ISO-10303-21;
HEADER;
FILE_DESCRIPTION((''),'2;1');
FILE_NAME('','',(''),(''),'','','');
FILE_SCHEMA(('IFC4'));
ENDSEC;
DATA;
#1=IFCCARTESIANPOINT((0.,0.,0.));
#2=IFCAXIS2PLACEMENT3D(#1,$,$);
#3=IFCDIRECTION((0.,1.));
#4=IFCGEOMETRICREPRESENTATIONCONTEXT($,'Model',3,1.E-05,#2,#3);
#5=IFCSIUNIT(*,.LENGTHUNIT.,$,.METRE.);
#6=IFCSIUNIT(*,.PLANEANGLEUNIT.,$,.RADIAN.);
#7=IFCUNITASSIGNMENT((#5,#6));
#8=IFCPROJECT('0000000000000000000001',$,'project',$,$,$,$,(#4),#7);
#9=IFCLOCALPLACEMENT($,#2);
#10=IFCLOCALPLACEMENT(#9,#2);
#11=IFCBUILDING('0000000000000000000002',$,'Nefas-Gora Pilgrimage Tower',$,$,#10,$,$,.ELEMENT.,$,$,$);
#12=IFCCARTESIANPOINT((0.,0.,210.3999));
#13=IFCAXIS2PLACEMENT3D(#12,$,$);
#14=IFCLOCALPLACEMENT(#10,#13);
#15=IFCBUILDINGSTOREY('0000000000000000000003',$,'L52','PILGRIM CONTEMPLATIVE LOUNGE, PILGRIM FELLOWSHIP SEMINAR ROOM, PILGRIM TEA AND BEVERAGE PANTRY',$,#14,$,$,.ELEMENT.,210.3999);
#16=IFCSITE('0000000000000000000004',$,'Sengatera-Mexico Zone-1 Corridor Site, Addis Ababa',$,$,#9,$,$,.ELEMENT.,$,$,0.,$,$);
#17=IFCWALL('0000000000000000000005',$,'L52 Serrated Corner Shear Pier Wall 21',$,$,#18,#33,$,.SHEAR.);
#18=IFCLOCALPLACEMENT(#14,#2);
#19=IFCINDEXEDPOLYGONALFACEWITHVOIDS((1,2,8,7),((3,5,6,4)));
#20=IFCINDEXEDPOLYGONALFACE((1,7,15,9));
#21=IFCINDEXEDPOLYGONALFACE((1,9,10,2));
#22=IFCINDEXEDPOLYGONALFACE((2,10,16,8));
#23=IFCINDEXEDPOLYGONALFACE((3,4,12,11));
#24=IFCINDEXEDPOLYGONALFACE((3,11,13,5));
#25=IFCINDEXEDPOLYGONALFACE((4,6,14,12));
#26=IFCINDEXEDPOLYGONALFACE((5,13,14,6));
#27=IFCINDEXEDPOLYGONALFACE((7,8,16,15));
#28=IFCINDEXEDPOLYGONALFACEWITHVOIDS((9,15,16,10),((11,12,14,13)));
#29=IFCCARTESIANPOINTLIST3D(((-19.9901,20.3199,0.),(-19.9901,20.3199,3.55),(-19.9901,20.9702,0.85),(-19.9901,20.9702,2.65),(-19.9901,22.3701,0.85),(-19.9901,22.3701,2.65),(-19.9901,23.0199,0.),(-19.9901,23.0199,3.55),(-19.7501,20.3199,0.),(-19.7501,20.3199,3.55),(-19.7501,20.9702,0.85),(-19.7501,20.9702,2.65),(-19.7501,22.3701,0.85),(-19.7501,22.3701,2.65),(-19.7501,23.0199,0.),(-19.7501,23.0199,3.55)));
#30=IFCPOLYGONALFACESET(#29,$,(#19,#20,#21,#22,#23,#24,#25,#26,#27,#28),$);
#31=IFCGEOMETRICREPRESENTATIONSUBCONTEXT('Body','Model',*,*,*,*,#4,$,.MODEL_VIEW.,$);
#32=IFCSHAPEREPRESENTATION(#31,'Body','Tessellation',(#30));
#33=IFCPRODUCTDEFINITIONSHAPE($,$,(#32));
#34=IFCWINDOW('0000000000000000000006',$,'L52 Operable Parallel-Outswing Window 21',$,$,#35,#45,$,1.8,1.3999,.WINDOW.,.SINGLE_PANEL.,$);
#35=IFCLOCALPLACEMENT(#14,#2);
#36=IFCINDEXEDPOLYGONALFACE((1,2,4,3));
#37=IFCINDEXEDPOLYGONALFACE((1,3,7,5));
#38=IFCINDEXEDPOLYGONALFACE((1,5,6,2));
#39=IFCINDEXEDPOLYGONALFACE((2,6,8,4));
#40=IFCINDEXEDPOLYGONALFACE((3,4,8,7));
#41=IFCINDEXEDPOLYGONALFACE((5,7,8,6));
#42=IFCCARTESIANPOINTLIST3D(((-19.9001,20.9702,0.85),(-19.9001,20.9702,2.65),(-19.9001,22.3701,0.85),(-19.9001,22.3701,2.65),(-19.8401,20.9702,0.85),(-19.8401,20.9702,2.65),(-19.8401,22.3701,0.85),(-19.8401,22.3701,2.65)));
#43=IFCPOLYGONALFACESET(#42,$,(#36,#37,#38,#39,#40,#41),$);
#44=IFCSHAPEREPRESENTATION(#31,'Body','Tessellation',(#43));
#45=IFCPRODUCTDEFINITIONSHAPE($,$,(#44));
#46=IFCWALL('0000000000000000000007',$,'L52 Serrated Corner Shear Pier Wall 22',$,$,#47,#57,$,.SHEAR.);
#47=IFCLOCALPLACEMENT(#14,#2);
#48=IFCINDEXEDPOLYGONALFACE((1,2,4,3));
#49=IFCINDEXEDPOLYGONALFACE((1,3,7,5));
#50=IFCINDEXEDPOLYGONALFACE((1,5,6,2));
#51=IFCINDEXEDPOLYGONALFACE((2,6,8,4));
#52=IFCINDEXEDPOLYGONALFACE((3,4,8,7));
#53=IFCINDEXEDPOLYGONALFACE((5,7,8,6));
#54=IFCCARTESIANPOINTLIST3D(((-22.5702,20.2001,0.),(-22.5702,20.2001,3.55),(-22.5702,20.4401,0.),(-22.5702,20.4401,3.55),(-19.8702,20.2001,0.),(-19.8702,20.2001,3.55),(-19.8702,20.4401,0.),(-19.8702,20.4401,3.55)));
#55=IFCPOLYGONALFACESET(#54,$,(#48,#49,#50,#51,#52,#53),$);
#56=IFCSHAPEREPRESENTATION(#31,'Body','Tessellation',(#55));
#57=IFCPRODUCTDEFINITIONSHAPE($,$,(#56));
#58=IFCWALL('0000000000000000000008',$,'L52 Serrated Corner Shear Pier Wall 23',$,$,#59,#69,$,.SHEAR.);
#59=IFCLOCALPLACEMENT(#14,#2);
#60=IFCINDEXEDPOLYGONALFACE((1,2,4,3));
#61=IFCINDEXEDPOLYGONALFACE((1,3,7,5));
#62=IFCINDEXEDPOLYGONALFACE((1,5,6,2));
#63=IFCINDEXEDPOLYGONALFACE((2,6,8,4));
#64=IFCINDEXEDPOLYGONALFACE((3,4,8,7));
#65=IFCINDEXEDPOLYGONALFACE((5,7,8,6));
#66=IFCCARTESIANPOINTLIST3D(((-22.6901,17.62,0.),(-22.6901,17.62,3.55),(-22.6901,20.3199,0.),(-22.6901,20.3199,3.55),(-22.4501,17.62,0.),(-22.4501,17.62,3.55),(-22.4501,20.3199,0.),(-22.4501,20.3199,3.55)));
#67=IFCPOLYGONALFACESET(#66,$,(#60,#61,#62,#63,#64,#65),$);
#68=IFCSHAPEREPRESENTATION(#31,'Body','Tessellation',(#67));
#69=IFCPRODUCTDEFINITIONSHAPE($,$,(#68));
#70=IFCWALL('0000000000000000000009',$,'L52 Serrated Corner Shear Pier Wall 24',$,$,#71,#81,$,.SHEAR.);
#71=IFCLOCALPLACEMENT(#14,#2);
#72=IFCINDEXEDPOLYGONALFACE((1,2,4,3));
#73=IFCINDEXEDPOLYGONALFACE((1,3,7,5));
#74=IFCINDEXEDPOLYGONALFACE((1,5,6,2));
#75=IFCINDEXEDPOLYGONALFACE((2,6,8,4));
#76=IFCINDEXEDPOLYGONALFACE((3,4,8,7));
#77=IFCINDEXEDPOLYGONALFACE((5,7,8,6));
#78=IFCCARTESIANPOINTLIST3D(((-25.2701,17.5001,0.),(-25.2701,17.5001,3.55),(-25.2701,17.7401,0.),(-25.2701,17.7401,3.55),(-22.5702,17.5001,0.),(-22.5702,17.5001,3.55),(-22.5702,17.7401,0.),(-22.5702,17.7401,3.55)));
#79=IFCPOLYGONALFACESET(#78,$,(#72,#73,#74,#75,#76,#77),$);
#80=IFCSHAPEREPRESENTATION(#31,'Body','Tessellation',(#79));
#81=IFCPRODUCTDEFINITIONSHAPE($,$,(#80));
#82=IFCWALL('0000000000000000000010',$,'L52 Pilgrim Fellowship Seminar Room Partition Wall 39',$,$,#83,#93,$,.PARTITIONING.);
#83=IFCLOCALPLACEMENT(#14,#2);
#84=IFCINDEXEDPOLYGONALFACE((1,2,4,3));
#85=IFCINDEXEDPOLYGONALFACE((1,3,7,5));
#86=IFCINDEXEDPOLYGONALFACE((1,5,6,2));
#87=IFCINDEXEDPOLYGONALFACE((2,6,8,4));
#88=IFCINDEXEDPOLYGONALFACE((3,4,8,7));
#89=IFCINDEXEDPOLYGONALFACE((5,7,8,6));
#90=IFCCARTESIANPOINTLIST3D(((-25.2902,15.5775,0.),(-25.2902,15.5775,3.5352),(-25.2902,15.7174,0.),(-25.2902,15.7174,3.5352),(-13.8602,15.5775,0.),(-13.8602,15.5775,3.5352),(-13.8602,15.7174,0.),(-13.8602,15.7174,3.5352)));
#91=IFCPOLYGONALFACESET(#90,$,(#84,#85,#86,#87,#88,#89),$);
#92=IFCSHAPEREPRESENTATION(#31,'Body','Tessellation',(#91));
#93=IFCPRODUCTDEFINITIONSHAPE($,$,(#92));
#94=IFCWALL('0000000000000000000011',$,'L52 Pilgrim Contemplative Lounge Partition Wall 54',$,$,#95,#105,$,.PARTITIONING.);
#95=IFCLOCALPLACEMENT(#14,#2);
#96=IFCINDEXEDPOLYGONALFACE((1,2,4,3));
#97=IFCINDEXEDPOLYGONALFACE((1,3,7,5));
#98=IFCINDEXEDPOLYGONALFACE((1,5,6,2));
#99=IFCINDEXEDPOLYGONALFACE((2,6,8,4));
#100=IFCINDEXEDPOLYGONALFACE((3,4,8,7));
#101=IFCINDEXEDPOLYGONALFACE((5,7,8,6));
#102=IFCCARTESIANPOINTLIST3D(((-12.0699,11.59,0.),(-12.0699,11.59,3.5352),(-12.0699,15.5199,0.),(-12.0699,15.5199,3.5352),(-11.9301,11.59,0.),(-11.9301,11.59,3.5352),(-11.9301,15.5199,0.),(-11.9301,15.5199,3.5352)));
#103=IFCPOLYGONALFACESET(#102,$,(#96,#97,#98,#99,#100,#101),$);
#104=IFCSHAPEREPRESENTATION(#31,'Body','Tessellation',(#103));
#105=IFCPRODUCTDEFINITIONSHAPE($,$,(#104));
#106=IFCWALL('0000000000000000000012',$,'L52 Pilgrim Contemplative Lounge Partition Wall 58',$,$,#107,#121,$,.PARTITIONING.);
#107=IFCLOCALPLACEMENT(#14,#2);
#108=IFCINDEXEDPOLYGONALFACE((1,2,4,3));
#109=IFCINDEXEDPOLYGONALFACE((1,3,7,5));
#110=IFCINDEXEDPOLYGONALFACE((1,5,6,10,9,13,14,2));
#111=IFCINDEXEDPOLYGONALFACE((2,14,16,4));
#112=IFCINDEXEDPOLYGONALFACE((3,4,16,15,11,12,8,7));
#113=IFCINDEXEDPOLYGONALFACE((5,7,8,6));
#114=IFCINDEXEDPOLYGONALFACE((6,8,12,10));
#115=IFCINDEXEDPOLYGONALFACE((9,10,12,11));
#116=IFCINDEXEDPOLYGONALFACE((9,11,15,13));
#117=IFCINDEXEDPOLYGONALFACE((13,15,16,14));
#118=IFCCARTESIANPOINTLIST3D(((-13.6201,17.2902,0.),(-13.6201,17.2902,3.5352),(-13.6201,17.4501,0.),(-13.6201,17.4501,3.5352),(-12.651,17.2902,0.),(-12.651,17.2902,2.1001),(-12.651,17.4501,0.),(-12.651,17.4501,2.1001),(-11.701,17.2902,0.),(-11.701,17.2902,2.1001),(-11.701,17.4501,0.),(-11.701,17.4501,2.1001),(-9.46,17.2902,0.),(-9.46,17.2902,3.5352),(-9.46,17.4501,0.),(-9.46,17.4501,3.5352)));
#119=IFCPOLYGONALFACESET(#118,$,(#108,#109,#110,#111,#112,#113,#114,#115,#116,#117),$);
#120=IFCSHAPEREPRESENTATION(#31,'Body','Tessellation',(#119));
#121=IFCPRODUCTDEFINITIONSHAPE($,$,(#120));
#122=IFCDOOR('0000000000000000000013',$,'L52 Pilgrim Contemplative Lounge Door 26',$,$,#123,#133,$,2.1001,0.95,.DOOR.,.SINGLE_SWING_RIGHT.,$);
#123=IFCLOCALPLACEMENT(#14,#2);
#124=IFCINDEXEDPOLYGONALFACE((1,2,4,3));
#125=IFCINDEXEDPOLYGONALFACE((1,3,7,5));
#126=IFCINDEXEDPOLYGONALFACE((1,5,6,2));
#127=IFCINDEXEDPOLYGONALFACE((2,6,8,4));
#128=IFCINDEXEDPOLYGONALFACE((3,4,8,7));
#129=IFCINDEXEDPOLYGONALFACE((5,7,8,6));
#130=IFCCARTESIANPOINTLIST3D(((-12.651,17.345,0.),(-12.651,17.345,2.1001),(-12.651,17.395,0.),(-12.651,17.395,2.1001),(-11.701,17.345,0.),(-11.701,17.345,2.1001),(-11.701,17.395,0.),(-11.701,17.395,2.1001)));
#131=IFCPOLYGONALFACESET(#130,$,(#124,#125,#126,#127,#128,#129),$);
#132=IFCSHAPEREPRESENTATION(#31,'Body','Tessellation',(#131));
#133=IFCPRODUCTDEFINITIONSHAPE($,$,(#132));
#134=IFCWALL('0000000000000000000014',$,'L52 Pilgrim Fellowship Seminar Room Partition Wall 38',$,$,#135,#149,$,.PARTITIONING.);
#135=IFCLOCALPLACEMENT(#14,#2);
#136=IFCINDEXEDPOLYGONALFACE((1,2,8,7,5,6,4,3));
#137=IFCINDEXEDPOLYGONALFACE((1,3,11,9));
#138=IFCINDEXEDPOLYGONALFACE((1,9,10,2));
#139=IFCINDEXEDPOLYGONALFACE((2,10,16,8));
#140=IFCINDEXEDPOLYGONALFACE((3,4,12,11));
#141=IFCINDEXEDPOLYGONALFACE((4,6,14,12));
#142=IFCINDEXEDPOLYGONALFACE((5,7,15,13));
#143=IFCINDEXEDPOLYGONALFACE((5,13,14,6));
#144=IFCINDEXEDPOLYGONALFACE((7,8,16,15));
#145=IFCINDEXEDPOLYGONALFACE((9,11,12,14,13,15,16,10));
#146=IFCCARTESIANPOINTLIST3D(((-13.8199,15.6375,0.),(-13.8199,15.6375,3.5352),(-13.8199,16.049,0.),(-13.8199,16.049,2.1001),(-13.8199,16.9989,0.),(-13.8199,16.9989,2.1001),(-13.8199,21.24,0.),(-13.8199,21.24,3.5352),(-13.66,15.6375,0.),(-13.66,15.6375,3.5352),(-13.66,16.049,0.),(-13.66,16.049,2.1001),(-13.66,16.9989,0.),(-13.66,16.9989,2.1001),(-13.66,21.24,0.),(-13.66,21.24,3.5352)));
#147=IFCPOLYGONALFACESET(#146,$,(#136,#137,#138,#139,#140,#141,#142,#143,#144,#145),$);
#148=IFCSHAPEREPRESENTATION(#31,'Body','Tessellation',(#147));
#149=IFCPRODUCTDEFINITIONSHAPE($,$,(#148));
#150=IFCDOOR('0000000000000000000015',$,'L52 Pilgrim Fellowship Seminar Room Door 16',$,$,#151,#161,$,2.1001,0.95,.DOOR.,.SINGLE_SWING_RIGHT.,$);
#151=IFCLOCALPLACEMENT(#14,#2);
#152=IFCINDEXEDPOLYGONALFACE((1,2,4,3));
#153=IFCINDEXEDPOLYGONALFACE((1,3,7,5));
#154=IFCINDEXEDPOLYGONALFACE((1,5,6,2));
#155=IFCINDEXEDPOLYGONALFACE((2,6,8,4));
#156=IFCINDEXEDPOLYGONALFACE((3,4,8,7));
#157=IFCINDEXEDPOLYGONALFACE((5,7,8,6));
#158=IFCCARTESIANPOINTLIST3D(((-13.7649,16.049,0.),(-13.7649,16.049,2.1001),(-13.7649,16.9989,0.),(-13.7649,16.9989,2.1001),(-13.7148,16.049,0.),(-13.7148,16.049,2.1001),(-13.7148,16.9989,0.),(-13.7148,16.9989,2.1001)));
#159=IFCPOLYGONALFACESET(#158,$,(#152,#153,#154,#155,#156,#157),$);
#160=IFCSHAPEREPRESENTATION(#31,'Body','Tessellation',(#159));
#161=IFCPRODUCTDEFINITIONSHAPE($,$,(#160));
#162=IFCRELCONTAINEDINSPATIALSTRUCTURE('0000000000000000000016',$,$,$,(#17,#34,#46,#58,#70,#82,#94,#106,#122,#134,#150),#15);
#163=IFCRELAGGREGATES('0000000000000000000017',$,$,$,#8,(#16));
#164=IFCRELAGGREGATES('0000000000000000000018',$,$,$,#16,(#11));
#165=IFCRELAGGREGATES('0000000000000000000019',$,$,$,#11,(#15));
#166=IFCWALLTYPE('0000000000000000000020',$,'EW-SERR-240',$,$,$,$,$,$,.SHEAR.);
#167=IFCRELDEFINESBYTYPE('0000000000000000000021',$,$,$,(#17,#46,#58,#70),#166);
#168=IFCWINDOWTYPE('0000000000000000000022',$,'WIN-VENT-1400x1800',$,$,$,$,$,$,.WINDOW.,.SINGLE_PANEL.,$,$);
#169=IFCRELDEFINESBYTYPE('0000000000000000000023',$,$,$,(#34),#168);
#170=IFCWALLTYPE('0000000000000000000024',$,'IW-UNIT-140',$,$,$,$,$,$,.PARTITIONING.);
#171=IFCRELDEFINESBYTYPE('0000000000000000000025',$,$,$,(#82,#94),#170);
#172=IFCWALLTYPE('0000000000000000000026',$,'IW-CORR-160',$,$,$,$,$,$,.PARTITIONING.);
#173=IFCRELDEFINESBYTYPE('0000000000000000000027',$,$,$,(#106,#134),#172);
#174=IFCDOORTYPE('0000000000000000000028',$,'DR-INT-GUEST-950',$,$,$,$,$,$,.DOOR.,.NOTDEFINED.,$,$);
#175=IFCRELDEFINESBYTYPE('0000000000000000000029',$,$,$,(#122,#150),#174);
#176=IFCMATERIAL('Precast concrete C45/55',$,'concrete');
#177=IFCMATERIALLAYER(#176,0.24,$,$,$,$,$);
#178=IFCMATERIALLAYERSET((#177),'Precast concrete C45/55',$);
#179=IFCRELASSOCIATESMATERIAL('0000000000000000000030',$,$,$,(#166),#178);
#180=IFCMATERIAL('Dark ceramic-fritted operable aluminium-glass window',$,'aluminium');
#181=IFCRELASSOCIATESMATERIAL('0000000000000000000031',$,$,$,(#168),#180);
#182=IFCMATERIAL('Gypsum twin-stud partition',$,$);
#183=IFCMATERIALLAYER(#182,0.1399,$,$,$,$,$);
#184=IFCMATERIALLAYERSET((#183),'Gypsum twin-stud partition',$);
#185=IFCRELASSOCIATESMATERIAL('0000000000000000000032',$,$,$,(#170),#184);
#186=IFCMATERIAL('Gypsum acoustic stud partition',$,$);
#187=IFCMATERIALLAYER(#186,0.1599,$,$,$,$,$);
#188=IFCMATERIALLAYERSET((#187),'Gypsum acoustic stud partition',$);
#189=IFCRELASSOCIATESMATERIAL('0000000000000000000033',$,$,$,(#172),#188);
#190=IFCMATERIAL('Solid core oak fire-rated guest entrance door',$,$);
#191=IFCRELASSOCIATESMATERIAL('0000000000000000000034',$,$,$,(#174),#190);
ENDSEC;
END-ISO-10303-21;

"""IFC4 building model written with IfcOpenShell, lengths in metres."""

from ifc_helpers import new_model, si_unit, direction, frame, frame_2d, origin, place, context, subcontext, project, spatial, rectangle, extrude, source, transform, mapped, material, layer, layer_set, type_object, element, fill, save


model = new_model("IFC4")

# Units and contexts
model_context = context("Model", 3, precision=1e-05, world=origin(), true_north=direction((0.0, 1.0)))
body_context = subcontext(model_context, "Body", "Model", "MODEL_VIEW")
ifc_project = project(units=[si_unit("LENGTHUNIT", "METRE"), si_unit("PLANEANGLEUNIT", "RADIAN")], contexts=[model_context])

# Site, building, storey
site_placement = place(None, origin())
site = spatial("IfcSite", under=ifc_project, at=site_placement, Name="Sengatera-Mexico Zone-1 Corridor Site, Addis Ababa", CompositionType="ELEMENT", RefElevation=0.0)
building_placement = place(site_placement, origin())
building = spatial("IfcBuilding", under=site, at=building_placement, Name="Nefas-Gora Pilgrimage Tower", CompositionType="ELEMENT")
storey_placement = place(building_placement, frame((0.0, 0.0, 210.3999)))
storey = spatial("IfcBuildingStorey", under=building, at=storey_placement, Name="L52", Description="PILGRIM CONTEMPLATIVE LOUNGE, PILGRIM FELLOWSHIP SEMINAR ROOM, PILGRIM TEA AND BEVERAGE PANTRY", CompositionType="ELEMENT", Elevation=210.3999)

# Wall, opening, window
ifc_material_1 = material(Name="Precast concrete C45/55", Category="concrete")
ifc_layer_1 = layer(ifc_material_1, 0.24)
ifc_layer_set_1 = layer_set([ifc_layer_1], Name="Precast concrete C45/55")
wall_type_1 = type_object("IfcWallType", Name="EW-SERR-240", PredefinedType="SHEAR", material=ifc_layer_set_1)
shared_shape_1 = source(origin(), body_context, "Body", "SweptSolid", [
    extrude(rectangle(XDim=2.7, YDim=0.24, at=frame_2d((1.3501, 0.0))), origin(), (0.0, 0.0, 1.0), 3.55),
])
wall_1_placement = place(storey_placement, frame((-19.8701, 23.02, 0.0), z_axis=(0.0, 0.0, 1.0), x_axis=(0.0, -1.0, 0.0)))
wall_1 = element("IfcWall", 1, at=wall_1_placement, inside=storey, type_object=wall_type_1, Name="L52 Serrated Corner Shear Pier Wall 21", PredefinedType="SHEAR", context=body_context, shape_type="MappedRepresentation", body=[
    mapped(shared_shape_1, transform((0.0, 0.0, 0.0), x_axis=(1.0, 0.0, 0.0), y_axis=(0.0, 1.0, 0.0), z_axis=(0.0, 0.0, 1.0), scale=1.0)),
])
opening_1_placement = place(wall_1_placement, frame((0.6499, 0.0, 0.8501)))
opening_1 = element("IfcOpeningElement", 2, at=opening_1_placement, cuts=wall_1, PredefinedType="OPENING", context=body_context, shape_type="SweptSolid", body=[
    extrude(rectangle(XDim=1.3999, YDim=1.8, at=frame_2d((0.7, 0.8999))), frame((0.0, 0.1299, 0.0), z_axis=(0.0, -1.0, 0.0), x_axis=(1.0, 0.0, 0.0)), (0.0, 0.0, 1.0), 0.26),
])
ifc_material_2 = material(Name="Dark ceramic-fritted operable aluminium-glass window", Category="aluminium")
window_type = type_object("IfcWindowType", Name="WIN-VENT-1400x1800", PartitioningType="SINGLE_PANEL", PredefinedType="WINDOW", material=ifc_material_2)
shared_shape_2 = source(origin(), body_context, "Body", "SweptSolid", [
    extrude(rectangle(XDim=1.3999, YDim=1.8, at=frame_2d((0.7, 0.8999))), frame((0.0, 0.03, 0.0), z_axis=(0.0, -1.0, 0.0), x_axis=(1.0, 0.0, 0.0)), (0.0, 0.0, 1.0), 0.0601),
])
window_placement = place(opening_1_placement, origin())
window = element("IfcWindow", 3, at=window_placement, inside=storey, type_object=window_type, Name="L52 Operable Parallel-Outswing Window 21", OverallHeight=1.8, OverallWidth=1.3999, PartitioningType="SINGLE_PANEL", PredefinedType="WINDOW", context=body_context, shape_type="MappedRepresentation", body=[
    mapped(shared_shape_2, transform((0.0, 0.0, 0.0), x_axis=(1.0, 0.0, 0.0), y_axis=(0.0, 1.0, 0.0), z_axis=(0.0, 0.0, 1.0), scale=1.0)),
])
fill(opening_1, window)

# Walls
for number, where, z_axis, x_axis, name in (
    (4, (-19.8701, 20.3201, 0.0), (0.0, 0.0, 1.0), (-1.0, 0.0, 0.0), "L52 Serrated Corner Shear Pier Wall 22"),
    (5, (-22.5701, 20.3201, 0.0), (0.0, 0.0, 1.0), (0.0, -1.0, 0.0), "L52 Serrated Corner Shear Pier Wall 23"),
    (6, (-22.5701, 17.6201, 0.0), (0.0, 0.0, 1.0), (-1.0, 0.0, 0.0), "L52 Serrated Corner Shear Pier Wall 24"),
):
    element("IfcWall", number, at=place(storey_placement, frame(where, z_axis=z_axis, x_axis=x_axis)), inside=storey, type_object=wall_type_1, Name=name, PredefinedType="SHEAR", context=body_context, shape_type="MappedRepresentation", body=[
        mapped(shared_shape_1, transform((0.0, 0.0, 0.0), x_axis=(1.0, 0.0, 0.0), y_axis=(0.0, 1.0, 0.0), z_axis=(0.0, 0.0, 1.0), scale=1.0)),
    ])
ifc_material_3 = material(Name="Gypsum twin-stud partition")
ifc_layer_2 = layer(ifc_material_3, 0.1399)
ifc_layer_set_2 = layer_set([ifc_layer_2], Name="Gypsum twin-stud partition")
wall_type_2 = type_object("IfcWallType", Name="IW-UNIT-140", PredefinedType="PARTITIONING", material=ifc_layer_set_2)
shared_shape_3 = source(origin(), body_context, "Body", "SweptSolid", [
    extrude(rectangle(XDim=11.4299, YDim=0.1399, at=frame_2d((5.7148, 0.0))), origin(), (0.0, 0.0, 1.0), 3.5352),
])
wall_2_placement = place(storey_placement, frame((-25.29, 15.6475, 0.0), z_axis=(0.0, 0.0, 1.0), x_axis=(1.0, 0.0, 0.0)))
element("IfcWall", 7, at=wall_2_placement, inside=storey, type_object=wall_type_2, Name="L52 Pilgrim Fellowship Seminar Room Partition Wall 39", PredefinedType="PARTITIONING", context=body_context, shape_type="MappedRepresentation", body=[
    mapped(shared_shape_3, transform((0.0, 0.0, 0.0), x_axis=(1.0, 0.0, 0.0), y_axis=(0.0, 1.0, 0.0), z_axis=(0.0, 0.0, 1.0), scale=1.0)),
])
shared_shape_4 = source(origin(), body_context, "Body", "SweptSolid", [
    extrude(rectangle(XDim=3.9299, YDim=0.1399, at=frame_2d((1.9648, 0.0))), origin(), (0.0, 0.0, 1.0), 3.5352),
])
wall_3_placement = place(storey_placement, frame((-12.0, 11.5901, 0.0), z_axis=(0.0, 0.0, 1.0), x_axis=(0.0, 1.0, 0.0)))
element("IfcWall", 8, at=wall_3_placement, inside=storey, type_object=wall_type_2, Name="L52 Pilgrim Contemplative Lounge Partition Wall 54", PredefinedType="PARTITIONING", context=body_context, shape_type="MappedRepresentation", body=[
    mapped(shared_shape_4, transform((0.0, 0.0, 0.0), x_axis=(1.0, 0.0, 0.0), y_axis=(0.0, 1.0, 0.0), z_axis=(0.0, 0.0, 1.0), scale=1.0)),
])

# Walls, openings, doors
ifc_material_4 = material(Name="Gypsum acoustic stud partition")
ifc_layer_3 = layer(ifc_material_4, 0.1599)
ifc_layer_set_3 = layer_set([ifc_layer_3], Name="Gypsum acoustic stud partition")
wall_type_3 = type_object("IfcWallType", Name="IW-CORR-160", PredefinedType="PARTITIONING", material=ifc_layer_set_3)
shared_shape_5 = source(origin(), body_context, "Body", "SweptSolid", [
    extrude(rectangle(XDim=4.1602, YDim=0.1599, at=frame_2d((2.0801, 0.0))), origin(), (0.0, 0.0, 1.0), 3.5352),
])
wall_4_placement = place(storey_placement, frame((-13.6201, 17.3701, 0.0), z_axis=(0.0, 0.0, 1.0), x_axis=(1.0, 0.0, 0.0)))
wall_4 = element("IfcWall", 9, at=wall_4_placement, inside=storey, type_object=wall_type_3, Name="L52 Pilgrim Contemplative Lounge Partition Wall 58", PredefinedType="PARTITIONING", context=body_context, shape_type="MappedRepresentation", body=[
    mapped(shared_shape_5, transform((0.0, 0.0, 0.0), x_axis=(1.0, 0.0, 0.0), y_axis=(0.0, 1.0, 0.0), z_axis=(0.0, 0.0, 1.0), scale=1.0)),
])
opening_2_placement = place(wall_4_placement, frame((0.969, 0.0, 0.0)))
opening_2 = element("IfcOpeningElement", 10, at=opening_2_placement, cuts=wall_4, PredefinedType="OPENING", context=body_context, shape_type="SweptSolid", body=[
    extrude(rectangle(XDim=0.95, YDim=2.1001, at=frame_2d((0.4751, 1.05))), frame((0.0, 0.0898, 0.0), z_axis=(0.0, -1.0, 0.0), x_axis=(1.0, 0.0, 0.0)), (0.0, 0.0, 1.0), 0.1799),
])
ifc_material_5 = material(Name="Solid core oak fire-rated guest entrance door")
door_type = type_object("IfcDoorType", Name="DR-INT-GUEST-950", OperationType="NOTDEFINED", PredefinedType="DOOR", material=ifc_material_5)
shared_shape_6 = source(origin(), body_context, "Body", "SweptSolid", [
    extrude(rectangle(XDim=0.95, YDim=2.1001, at=frame_2d((0.4751, 1.05))), frame((0.0, 0.0249, 0.0), z_axis=(0.0, -1.0, 0.0), x_axis=(1.0, 0.0, 0.0)), (0.0, 0.0, 1.0), 0.05),
])
door_1_placement = place(opening_2_placement, origin())
door_1 = element("IfcDoor", 11, at=door_1_placement, inside=storey, type_object=door_type, Name="L52 Pilgrim Contemplative Lounge Door 26", OperationType="SINGLE_SWING_RIGHT", OverallHeight=2.1001, OverallWidth=0.95, PredefinedType="DOOR", context=body_context, shape_type="MappedRepresentation", body=[
    mapped(shared_shape_6, transform((0.0, 0.0, 0.0), x_axis=(1.0, 0.0, 0.0), y_axis=(0.0, 1.0, 0.0), z_axis=(0.0, 0.0, 1.0), scale=1.0)),
])
fill(opening_2, door_1)
shared_shape_7 = source(origin(), body_context, "Body", "SweptSolid", [
    extrude(rectangle(XDim=5.6025, YDim=0.1599, at=frame_2d((2.8013, 0.0))), origin(), (0.0, 0.0, 1.0), 3.5352),
])
wall_5_placement = place(storey_placement, frame((-13.74, 15.6375, 0.0), z_axis=(0.0, 0.0, 1.0), x_axis=(0.0, 1.0, 0.0)))
wall_5 = element("IfcWall", 12, at=wall_5_placement, inside=storey, type_object=wall_type_3, Name="L52 Pilgrim Fellowship Seminar Room Partition Wall 38", PredefinedType="PARTITIONING", context=body_context, shape_type="MappedRepresentation", body=[
    mapped(shared_shape_7, transform((0.0, 0.0, 0.0), x_axis=(1.0, 0.0, 0.0), y_axis=(0.0, 1.0, 0.0), z_axis=(0.0, 0.0, 1.0), scale=1.0)),
])
opening_3_placement = place(wall_5_placement, frame((0.4114, 0.0, 0.0)))
opening_3 = element("IfcOpeningElement", 13, at=opening_3_placement, cuts=wall_5, PredefinedType="OPENING", context=body_context, shape_type="SweptSolid", body=[
    extrude(rectangle(XDim=0.95, YDim=2.1001, at=frame_2d((0.4751, 1.05))), frame((0.0, 0.0898, 0.0), z_axis=(0.0, -1.0, 0.0), x_axis=(1.0, 0.0, 0.0)), (0.0, 0.0, 1.0), 0.1799),
])
door_2_placement = place(opening_3_placement, origin())
door_2 = element("IfcDoor", 14, at=door_2_placement, inside=storey, type_object=door_type, Name="L52 Pilgrim Fellowship Seminar Room Door 16", OperationType="SINGLE_SWING_RIGHT", OverallHeight=2.1001, OverallWidth=0.95, PredefinedType="DOOR", context=body_context, shape_type="MappedRepresentation", body=[
    mapped(shared_shape_6, transform((0.0, 0.0, 0.0), x_axis=(1.0, 0.0, 0.0), y_axis=(0.0, 1.0, 0.0), z_axis=(0.0, 0.0, 1.0), scale=1.0)),
])
fill(opening_3, door_2)

save(model, "model.ifc")
